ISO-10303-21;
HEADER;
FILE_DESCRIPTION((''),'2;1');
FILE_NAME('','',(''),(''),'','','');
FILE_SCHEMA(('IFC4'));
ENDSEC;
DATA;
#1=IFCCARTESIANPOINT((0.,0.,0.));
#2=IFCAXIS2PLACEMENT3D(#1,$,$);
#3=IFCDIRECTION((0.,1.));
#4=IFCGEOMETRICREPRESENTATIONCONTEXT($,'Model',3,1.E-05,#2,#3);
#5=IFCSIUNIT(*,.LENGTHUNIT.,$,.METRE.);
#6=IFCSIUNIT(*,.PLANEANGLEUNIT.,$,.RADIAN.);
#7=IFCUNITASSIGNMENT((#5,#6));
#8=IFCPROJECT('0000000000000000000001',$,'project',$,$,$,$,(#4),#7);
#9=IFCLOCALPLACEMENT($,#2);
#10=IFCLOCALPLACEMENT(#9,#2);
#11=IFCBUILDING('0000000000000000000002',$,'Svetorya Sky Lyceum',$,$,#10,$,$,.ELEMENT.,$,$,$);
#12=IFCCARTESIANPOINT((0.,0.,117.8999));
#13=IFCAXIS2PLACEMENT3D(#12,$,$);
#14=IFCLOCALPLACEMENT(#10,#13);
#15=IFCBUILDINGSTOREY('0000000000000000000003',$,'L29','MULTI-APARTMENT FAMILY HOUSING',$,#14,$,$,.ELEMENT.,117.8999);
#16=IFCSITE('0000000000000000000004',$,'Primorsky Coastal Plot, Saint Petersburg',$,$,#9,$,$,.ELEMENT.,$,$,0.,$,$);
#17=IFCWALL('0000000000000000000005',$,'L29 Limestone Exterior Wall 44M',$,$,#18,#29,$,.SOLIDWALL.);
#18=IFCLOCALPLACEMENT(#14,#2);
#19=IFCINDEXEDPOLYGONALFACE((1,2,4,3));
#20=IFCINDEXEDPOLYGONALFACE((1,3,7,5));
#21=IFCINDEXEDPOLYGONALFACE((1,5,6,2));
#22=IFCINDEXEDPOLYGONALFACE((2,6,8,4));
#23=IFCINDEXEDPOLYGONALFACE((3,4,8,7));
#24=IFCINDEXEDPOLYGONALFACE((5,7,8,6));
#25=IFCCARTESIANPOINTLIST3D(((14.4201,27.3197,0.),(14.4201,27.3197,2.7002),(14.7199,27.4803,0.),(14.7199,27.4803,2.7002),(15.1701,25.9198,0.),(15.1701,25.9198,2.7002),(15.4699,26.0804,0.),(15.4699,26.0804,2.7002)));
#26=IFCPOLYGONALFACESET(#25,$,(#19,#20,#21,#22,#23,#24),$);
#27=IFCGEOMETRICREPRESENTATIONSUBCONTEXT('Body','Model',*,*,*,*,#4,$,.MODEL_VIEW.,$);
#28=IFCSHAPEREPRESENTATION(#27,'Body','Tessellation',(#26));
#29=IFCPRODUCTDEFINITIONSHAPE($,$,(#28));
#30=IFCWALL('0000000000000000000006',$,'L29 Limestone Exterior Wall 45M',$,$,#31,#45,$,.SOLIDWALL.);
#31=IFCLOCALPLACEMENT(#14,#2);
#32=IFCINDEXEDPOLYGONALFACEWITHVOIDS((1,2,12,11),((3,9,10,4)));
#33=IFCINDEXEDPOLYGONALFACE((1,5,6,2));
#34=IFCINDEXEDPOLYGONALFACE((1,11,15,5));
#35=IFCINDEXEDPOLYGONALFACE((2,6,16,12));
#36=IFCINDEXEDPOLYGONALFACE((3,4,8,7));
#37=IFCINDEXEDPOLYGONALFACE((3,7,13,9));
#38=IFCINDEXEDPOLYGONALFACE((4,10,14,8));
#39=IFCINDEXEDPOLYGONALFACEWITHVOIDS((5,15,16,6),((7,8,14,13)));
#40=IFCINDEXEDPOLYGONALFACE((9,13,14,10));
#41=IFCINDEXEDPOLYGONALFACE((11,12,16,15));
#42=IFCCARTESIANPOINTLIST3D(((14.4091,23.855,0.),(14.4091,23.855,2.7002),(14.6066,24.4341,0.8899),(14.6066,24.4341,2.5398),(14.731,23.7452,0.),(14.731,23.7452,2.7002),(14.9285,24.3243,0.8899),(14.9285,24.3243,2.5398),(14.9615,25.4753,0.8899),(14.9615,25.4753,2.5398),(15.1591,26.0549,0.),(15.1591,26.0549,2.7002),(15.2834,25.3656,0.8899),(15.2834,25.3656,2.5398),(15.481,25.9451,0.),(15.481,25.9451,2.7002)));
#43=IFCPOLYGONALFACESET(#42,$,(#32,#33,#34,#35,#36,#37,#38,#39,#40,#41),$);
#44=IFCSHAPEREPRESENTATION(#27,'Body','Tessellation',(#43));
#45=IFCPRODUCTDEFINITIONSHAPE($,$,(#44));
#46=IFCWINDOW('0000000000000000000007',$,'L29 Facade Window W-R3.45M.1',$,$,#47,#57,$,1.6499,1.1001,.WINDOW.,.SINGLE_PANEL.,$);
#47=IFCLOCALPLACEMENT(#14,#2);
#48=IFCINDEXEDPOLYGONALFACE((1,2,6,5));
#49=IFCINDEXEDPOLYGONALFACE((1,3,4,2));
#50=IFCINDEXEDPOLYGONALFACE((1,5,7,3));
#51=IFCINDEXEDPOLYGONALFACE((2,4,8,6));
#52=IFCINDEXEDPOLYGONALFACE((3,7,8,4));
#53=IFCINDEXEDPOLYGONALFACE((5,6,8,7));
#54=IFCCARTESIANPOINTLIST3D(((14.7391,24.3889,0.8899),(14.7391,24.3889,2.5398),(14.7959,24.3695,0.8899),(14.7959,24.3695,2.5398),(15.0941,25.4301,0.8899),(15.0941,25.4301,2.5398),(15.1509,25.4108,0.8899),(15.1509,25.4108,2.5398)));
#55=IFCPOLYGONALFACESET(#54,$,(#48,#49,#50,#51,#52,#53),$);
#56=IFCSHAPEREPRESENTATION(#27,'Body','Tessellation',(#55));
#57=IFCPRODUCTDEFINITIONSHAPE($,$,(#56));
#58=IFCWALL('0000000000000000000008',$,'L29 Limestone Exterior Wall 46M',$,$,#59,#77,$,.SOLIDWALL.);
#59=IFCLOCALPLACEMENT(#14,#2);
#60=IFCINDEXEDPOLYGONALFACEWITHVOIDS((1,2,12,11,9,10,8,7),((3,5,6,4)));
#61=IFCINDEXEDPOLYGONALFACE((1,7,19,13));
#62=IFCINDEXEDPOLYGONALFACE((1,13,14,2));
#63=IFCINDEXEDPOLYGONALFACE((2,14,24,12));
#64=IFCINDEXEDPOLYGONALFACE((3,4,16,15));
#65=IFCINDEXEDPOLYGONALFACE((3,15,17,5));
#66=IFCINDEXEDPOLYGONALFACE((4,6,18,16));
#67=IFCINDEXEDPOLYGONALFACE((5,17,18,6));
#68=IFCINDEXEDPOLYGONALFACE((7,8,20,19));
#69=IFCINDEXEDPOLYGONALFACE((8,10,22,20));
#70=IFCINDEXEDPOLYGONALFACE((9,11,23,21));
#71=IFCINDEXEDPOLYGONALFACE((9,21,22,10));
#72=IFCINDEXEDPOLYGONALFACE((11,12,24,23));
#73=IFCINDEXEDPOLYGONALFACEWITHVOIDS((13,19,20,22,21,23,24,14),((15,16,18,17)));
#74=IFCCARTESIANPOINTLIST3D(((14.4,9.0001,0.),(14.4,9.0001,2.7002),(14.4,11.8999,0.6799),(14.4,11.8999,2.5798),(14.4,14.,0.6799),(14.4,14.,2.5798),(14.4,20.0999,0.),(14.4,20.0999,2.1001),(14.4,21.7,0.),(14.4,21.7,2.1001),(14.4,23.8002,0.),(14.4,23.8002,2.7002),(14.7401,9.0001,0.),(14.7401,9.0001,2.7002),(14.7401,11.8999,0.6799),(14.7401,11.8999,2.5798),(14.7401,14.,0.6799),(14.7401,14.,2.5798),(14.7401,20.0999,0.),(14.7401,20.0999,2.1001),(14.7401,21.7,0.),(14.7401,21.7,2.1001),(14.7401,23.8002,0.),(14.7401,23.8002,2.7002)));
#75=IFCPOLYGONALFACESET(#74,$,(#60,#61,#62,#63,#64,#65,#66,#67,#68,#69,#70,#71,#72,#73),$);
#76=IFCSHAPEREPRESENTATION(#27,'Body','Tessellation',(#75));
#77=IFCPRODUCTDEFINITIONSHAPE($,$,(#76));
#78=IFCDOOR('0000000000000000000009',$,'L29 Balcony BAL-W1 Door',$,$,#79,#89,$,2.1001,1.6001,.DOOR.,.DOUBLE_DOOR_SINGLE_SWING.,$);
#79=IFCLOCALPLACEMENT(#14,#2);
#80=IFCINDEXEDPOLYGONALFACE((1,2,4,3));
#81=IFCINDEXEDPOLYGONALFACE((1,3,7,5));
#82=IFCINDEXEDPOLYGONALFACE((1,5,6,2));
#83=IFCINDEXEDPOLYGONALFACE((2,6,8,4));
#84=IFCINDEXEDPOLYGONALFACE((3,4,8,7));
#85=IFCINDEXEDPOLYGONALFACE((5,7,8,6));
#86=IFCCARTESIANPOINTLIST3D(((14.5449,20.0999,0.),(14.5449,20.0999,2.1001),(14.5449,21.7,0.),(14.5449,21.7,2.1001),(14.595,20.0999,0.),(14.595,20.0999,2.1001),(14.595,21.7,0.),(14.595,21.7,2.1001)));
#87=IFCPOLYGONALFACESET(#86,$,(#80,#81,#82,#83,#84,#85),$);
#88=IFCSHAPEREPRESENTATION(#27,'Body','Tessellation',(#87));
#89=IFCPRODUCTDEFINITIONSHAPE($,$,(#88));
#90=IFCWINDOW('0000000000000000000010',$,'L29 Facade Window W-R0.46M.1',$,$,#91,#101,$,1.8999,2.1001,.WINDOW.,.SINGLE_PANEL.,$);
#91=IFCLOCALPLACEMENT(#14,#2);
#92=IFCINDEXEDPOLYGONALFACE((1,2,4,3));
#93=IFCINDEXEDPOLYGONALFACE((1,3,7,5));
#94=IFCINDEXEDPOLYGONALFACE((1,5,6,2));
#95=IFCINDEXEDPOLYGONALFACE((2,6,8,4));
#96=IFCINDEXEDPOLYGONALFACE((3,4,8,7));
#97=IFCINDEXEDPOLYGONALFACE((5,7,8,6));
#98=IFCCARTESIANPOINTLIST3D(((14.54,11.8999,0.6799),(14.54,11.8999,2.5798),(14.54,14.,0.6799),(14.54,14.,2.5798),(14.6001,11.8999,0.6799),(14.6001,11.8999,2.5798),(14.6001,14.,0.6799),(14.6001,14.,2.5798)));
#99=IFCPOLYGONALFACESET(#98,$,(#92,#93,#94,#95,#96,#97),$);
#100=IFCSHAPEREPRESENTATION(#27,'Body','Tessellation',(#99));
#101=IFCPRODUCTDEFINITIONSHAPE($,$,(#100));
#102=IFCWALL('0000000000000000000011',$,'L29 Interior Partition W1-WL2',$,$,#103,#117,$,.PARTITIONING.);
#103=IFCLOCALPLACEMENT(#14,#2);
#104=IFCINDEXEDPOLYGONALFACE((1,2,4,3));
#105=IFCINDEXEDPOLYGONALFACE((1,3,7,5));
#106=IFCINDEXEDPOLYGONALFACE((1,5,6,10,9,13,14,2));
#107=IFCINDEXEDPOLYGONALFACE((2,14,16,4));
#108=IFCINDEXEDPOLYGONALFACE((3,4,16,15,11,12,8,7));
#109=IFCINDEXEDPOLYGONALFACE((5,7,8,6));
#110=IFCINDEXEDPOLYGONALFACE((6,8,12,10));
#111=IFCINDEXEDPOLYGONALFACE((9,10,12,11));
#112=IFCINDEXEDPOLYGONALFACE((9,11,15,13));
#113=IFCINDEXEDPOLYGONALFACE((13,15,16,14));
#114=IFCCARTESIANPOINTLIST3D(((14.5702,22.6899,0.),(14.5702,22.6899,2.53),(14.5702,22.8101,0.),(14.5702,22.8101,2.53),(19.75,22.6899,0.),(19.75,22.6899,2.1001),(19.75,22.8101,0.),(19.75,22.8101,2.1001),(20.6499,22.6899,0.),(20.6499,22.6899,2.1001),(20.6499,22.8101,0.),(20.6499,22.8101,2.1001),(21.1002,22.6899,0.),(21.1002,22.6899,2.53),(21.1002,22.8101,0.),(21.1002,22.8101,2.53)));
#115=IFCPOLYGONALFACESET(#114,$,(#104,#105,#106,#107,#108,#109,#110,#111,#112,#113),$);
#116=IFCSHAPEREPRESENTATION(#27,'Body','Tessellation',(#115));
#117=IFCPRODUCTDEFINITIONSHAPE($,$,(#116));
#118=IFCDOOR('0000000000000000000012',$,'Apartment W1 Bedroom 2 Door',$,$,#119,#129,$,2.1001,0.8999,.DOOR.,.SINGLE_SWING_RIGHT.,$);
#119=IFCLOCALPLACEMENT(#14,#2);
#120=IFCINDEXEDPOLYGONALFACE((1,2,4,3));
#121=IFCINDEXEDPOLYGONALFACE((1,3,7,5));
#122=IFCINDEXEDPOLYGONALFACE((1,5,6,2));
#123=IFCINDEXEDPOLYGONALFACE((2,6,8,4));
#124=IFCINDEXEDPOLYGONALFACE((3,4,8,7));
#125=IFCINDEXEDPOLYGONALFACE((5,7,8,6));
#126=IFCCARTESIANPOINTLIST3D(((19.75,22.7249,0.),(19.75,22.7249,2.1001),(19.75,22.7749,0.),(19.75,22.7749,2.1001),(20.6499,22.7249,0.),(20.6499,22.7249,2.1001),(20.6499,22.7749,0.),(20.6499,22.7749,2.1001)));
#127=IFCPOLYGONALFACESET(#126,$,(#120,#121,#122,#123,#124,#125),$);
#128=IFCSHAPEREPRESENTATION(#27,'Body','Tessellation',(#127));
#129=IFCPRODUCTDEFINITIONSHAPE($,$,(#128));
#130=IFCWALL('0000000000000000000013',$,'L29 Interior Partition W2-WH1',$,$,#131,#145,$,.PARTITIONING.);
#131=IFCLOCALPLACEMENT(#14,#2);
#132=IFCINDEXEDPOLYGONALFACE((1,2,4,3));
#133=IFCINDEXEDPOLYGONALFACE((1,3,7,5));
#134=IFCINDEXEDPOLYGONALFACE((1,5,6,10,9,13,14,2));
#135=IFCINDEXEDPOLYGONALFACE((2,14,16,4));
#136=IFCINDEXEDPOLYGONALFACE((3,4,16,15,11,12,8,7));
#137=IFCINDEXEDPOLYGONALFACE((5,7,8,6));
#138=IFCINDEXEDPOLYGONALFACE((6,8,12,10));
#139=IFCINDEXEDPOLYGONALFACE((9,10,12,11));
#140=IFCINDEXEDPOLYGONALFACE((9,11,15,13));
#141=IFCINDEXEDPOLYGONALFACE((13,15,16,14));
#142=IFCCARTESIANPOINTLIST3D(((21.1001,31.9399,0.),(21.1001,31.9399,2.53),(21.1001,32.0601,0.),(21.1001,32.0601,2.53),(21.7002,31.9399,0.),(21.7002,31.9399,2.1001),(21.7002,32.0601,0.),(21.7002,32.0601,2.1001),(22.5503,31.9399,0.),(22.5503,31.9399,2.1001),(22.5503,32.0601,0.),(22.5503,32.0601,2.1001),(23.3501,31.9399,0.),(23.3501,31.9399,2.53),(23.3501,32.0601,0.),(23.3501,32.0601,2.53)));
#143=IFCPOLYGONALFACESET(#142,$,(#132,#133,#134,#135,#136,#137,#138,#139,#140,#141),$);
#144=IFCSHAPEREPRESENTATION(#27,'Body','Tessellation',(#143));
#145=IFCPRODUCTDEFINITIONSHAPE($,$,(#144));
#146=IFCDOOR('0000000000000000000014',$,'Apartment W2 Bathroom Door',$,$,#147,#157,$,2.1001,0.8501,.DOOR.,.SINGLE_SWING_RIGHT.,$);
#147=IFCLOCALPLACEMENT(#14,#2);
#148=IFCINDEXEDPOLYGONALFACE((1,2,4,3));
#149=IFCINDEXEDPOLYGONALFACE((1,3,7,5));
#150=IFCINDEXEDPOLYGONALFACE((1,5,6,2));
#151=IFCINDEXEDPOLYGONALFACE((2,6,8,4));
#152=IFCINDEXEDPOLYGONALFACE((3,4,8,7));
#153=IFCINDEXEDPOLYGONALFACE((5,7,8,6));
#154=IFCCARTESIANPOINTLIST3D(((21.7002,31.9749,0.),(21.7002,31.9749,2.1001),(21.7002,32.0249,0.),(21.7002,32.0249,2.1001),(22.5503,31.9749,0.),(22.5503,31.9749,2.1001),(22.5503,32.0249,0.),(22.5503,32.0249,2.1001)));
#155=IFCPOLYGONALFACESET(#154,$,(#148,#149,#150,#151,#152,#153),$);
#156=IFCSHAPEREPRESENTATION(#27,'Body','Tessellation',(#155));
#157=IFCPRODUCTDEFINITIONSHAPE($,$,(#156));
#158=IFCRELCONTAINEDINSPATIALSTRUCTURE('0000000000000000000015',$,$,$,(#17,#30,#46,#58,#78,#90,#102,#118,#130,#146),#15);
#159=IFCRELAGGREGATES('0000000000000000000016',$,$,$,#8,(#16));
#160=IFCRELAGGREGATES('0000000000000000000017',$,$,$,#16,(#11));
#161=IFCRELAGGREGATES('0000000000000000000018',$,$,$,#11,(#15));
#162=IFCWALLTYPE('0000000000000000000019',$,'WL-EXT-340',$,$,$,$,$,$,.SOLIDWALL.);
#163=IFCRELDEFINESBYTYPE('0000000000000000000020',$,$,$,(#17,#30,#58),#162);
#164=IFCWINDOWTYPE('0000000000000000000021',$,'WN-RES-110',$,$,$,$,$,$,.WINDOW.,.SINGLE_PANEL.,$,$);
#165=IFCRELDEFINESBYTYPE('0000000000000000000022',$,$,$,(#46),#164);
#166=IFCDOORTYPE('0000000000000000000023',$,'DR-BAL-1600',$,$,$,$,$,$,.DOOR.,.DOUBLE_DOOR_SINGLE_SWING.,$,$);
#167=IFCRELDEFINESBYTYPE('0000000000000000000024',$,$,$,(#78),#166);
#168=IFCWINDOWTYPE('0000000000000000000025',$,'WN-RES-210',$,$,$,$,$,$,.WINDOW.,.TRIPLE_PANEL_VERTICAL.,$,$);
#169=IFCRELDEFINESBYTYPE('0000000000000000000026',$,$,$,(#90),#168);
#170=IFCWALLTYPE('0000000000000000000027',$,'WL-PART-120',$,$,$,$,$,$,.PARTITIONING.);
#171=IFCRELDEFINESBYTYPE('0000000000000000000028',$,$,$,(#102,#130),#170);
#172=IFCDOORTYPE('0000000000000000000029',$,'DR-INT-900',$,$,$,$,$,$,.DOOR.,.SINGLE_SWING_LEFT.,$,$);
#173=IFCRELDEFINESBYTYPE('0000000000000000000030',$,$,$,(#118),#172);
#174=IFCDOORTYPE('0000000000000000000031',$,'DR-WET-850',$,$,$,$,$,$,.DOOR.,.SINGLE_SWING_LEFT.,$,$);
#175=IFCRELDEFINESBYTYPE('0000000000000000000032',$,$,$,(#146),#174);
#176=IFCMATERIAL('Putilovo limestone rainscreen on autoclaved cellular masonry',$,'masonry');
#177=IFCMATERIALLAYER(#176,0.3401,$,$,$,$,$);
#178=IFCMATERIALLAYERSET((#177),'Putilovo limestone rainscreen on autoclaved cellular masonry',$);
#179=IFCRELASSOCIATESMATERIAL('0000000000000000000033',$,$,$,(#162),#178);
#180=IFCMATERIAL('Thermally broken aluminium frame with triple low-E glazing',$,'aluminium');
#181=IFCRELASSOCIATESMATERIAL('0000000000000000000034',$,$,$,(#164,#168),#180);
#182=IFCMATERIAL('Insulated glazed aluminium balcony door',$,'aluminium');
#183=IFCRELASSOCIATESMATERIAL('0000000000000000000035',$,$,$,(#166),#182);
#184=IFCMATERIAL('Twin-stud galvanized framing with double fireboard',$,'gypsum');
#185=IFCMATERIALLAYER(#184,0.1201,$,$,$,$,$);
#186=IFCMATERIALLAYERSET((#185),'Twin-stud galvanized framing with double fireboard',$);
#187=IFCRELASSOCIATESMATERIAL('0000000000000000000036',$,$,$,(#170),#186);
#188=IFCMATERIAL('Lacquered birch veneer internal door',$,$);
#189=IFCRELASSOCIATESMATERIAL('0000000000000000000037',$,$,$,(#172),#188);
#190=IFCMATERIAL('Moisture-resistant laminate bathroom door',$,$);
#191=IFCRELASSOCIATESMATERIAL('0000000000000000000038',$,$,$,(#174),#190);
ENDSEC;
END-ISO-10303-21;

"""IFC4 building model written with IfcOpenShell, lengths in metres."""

from ifc_helpers import new_model, si_unit, direction, frame, frame_2d, origin, place, context, subcontext, project, spatial, rectangle, extrude, material, layer, layer_set, type_object, element, fill, save


model = new_model("IFC4")

# Units and contexts
model_context = context("Model", 3, precision=1e-05, world=origin(), true_north=direction((0.0, 1.0)))
body_context = subcontext(model_context, "Body", "Model", "MODEL_VIEW")
ifc_project = project(units=[si_unit("LENGTHUNIT", "METRE"), si_unit("PLANEANGLEUNIT", "RADIAN")], contexts=[model_context])

# Site, building, storey
site_placement = place(None, origin())
site = spatial("IfcSite", under=ifc_project, at=site_placement, Name="Primorsky Coastal Plot, Saint Petersburg", CompositionType="ELEMENT", RefElevation=0.0)
building_placement = place(site_placement, origin())
building = spatial("IfcBuilding", under=site, at=building_placement, Name="Svetorya Sky Lyceum", CompositionType="ELEMENT")
storey_placement = place(building_placement, frame((0.0, 0.0, 117.8999)))
storey = spatial("IfcBuildingStorey", under=building, at=storey_placement, Name="L29", Description="MULTI-APARTMENT FAMILY HOUSING", CompositionType="ELEMENT", Elevation=117.8999)

# Wall
ifc_material_1 = material(Name="Putilovo limestone rainscreen on autoclaved cellular masonry", Category="masonry")
ifc_layer_1 = layer(ifc_material_1, 0.3401)
ifc_layer_set_1 = layer_set([ifc_layer_1], Name="Putilovo limestone rainscreen on autoclaved cellular masonry")
wall_type_1 = type_object("IfcWallType", Name="WL-EXT-340", PredefinedType="SOLIDWALL", material=ifc_layer_set_1)
wall_1_placement = place(storey_placement, frame((14.5701, 27.3999, 0.0), z_axis=(0.0, 0.0, 1.0), x_axis=(0.472247, -0.881466, 0.0)))
element("IfcWall", 1, at=wall_1_placement, inside=storey, type_object=wall_type_1, Name="L29 Limestone Exterior Wall 44M", PredefinedType="SOLIDWALL", context=body_context, shape_type="SweptSolid", body=[
    extrude(rectangle(XDim=1.5881, YDim=0.3401, at=frame_2d((0.7939, 0.0))), origin(), (0.0, 0.0, 1.0), 2.7002),
])

# Wall, opening, window
wall_2_placement = place(storey_placement, frame((15.3201, 26.0, 0.0), z_axis=(0.0, 0.0, 1.0), x_axis=(-0.32268, -0.946508, 0.0)))
wall_2 = element("IfcWall", 2, at=wall_2_placement, inside=storey, type_object=wall_type_1, Name="L29 Limestone Exterior Wall 45M", PredefinedType="SOLIDWALL", context=body_context, shape_type="SweptSolid", body=[
    extrude(rectangle(XDim=2.3242, YDim=0.3401, at=frame_2d((1.1621, 0.0))), origin(), (0.0, 0.0, 1.0), 2.7002),
])
opening_1_placement = place(wall_2_placement, frame((0.6123, 0.0, 0.8899)))
opening_1 = element("IfcOpeningElement", 3, at=opening_1_placement, cuts=wall_2, PredefinedType="OPENING", context=body_context, shape_type="SweptSolid", body=[
    extrude(rectangle(XDim=1.1001, YDim=1.6499, at=frame_2d((0.55, 0.825))), frame((0.0, 0.1799, 0.0), z_axis=(0.0, -1.0, 0.0), x_axis=(1.0, 0.0, 0.0)), (0.0, 0.0, 1.0), 0.3601),
])
ifc_material_2 = material(Name="Thermally broken aluminium frame with triple low-E glazing", Category="aluminium")
window_type_1 = type_object("IfcWindowType", Name="WN-RES-110", PartitioningType="SINGLE_PANEL", PredefinedType="WINDOW", material=ifc_material_2)
window_1_placement = place(opening_1_placement, origin())
window_1 = element("IfcWindow", 4, at=window_1_placement, inside=storey, type_object=window_type_1, Name="L29 Facade Window W-R3.45M.1", OverallHeight=1.6499, OverallWidth=1.1001, PartitioningType="SINGLE_PANEL", PredefinedType="WINDOW", context=body_context, shape_type="SweptSolid", body=[
    extrude(rectangle(XDim=1.1001, YDim=1.6499, at=frame_2d((0.55, 0.825))), frame((0.0, 0.03, 0.0), z_axis=(0.0, -1.0, 0.0), x_axis=(1.0, 0.0, 0.0)), (0.0, 0.0, 1.0), 0.0601),
])
fill(opening_1, window_1)

# Wall, openings, door, window
wall_3_placement = place(storey_placement, frame((14.5701, 23.8, 0.0), z_axis=(0.0, 0.0, 1.0), x_axis=(0.0, -1.0, 0.0)))
wall_3 = element("IfcWall", 5, at=wall_3_placement, inside=storey, type_object=wall_type_1, Name="L29 Limestone Exterior Wall 46M", PredefinedType="SOLIDWALL", context=body_context, shape_type="SweptSolid", body=[
    extrude(rectangle(XDim=14.8, YDim=0.3401, at=frame_2d((7.3999, 0.0))), origin(), (0.0, 0.0, 1.0), 2.7002),
])
opening_2_placement = place(wall_3_placement, frame((2.1001, 0.0, 0.0)))
opening_2 = element("IfcOpeningElement", 6, at=opening_2_placement, cuts=wall_3, PredefinedType="OPENING", context=body_context, shape_type="SweptSolid", body=[
    extrude(rectangle(XDim=1.6001, YDim=2.1001, at=frame_2d((0.8, 1.05))), frame((0.0, 0.1799, 0.0), z_axis=(0.0, -1.0, 0.0), x_axis=(1.0, 0.0, 0.0)), (0.0, 0.0, 1.0), 0.3601),
])
opening_3_placement = place(wall_3_placement, frame((9.8, 0.0, 0.6799)))
opening_3 = element("IfcOpeningElement", 7, at=opening_3_placement, cuts=wall_3, PredefinedType="OPENING", context=body_context, shape_type="SweptSolid", body=[
    extrude(rectangle(XDim=2.1001, YDim=1.8999, at=frame_2d((1.05, 0.95))), frame((0.0, 0.1799, 0.0), z_axis=(0.0, -1.0, 0.0), x_axis=(1.0, 0.0, 0.0)), (0.0, 0.0, 1.0), 0.3601),
])
ifc_material_3 = material(Name="Insulated glazed aluminium balcony door", Category="aluminium")
door_type_1 = type_object("IfcDoorType", Name="DR-BAL-1600", OperationType="DOUBLE_DOOR_SINGLE_SWING", PredefinedType="DOOR", material=ifc_material_3)
door_1_placement = place(opening_2_placement, origin())
door_1 = element("IfcDoor", 8, at=door_1_placement, inside=storey, type_object=door_type_1, Name="L29 Balcony BAL-W1 Door", OperationType="DOUBLE_DOOR_SINGLE_SWING", OverallHeight=2.1001, OverallWidth=1.6001, PredefinedType="DOOR", context=body_context, shape_type="SweptSolid", body=[
    extrude(rectangle(XDim=1.6001, YDim=2.1001, at=frame_2d((0.8, 1.05))), frame((0.0, 0.0249, 0.0), z_axis=(0.0, -1.0, 0.0), x_axis=(1.0, 0.0, 0.0)), (0.0, 0.0, 1.0), 0.05),
])
fill(opening_2, door_1)
window_type_2 = type_object("IfcWindowType", Name="WN-RES-210", PartitioningType="TRIPLE_PANEL_VERTICAL", PredefinedType="WINDOW", material=ifc_material_2)
window_2_placement = place(opening_3_placement, origin())
window_2 = element("IfcWindow", 9, at=window_2_placement, inside=storey, type_object=window_type_2, Name="L29 Facade Window W-R0.46M.1", OverallHeight=1.8999, OverallWidth=2.1001, PartitioningType="SINGLE_PANEL", PredefinedType="WINDOW", context=body_context, shape_type="SweptSolid", body=[
    extrude(rectangle(XDim=2.1001, YDim=1.8999, at=frame_2d((1.05, 0.95))), frame((0.0, 0.03, 0.0), z_axis=(0.0, -1.0, 0.0), x_axis=(1.0, 0.0, 0.0)), (0.0, 0.0, 1.0), 0.0601),
])
fill(opening_3, window_2)

# Walls, openings, doors
ifc_material_4 = material(Name="Twin-stud galvanized framing with double fireboard", Category="gypsum")
ifc_layer_2 = layer(ifc_material_4, 0.1201)
ifc_layer_set_2 = layer_set([ifc_layer_2], Name="Twin-stud galvanized framing with double fireboard")
wall_type_2 = type_object("IfcWallType", Name="WL-PART-120", PredefinedType="PARTITIONING", material=ifc_layer_set_2)
wall_4_placement = place(storey_placement, frame((14.5701, 22.75, 0.0), z_axis=(0.0, 0.0, 1.0), x_axis=(1.0, 0.0, 0.0)))
wall_4 = element("IfcWall", 10, at=wall_4_placement, inside=storey, type_object=wall_type_2, Name="L29 Interior Partition W1-WL2", PredefinedType="PARTITIONING", context=body_context, shape_type="SweptSolid", body=[
    extrude(rectangle(XDim=6.53, YDim=0.1201, at=frame_2d((3.2651, 0.0))), origin(), (0.0, 0.0, 1.0), 2.53),
])
opening_4_placement = place(wall_4_placement, frame((5.1799, 0.0, 0.0)))
opening_4 = element("IfcOpeningElement", 11, at=opening_4_placement, cuts=wall_4, PredefinedType="OPENING", context=body_context, shape_type="SweptSolid", body=[
    extrude(rectangle(XDim=0.8999, YDim=2.1001, at=frame_2d((0.45, 1.05))), frame((0.0, 0.0701, 0.0), z_axis=(0.0, -1.0, 0.0), x_axis=(1.0, 0.0, 0.0)), (0.0, 0.0, 1.0), 0.1401),
])
ifc_material_5 = material(Name="Lacquered birch veneer internal door")
door_type_2 = type_object("IfcDoorType", Name="DR-INT-900", OperationType="SINGLE_SWING_LEFT", PredefinedType="DOOR", material=ifc_material_5)
door_2_placement = place(opening_4_placement, origin())
door_2 = element("IfcDoor", 12, at=door_2_placement, inside=storey, type_object=door_type_2, Name="Apartment W1 Bedroom 2 Door", OperationType="SINGLE_SWING_RIGHT", OverallHeight=2.1001, OverallWidth=0.8999, PredefinedType="DOOR", context=body_context, shape_type="SweptSolid", body=[
    extrude(rectangle(XDim=0.8999, YDim=2.1001, at=frame_2d((0.45, 1.05))), frame((0.0, 0.0249, 0.0), z_axis=(0.0, -1.0, 0.0), x_axis=(1.0, 0.0, 0.0)), (0.0, 0.0, 1.0), 0.05),
])
fill(opening_4, door_2)
wall_5_placement = place(storey_placement, frame((21.1001, 32.0, 0.0), z_axis=(0.0, 0.0, 1.0), x_axis=(1.0, 0.0, 0.0)))
wall_5 = element("IfcWall", 13, at=wall_5_placement, inside=storey, type_object=wall_type_2, Name="L29 Interior Partition W2-WH1", PredefinedType="PARTITIONING", context=body_context, shape_type="SweptSolid", body=[
    extrude(rectangle(XDim=2.25, YDim=0.1201, at=frame_2d((1.125, 0.0))), origin(), (0.0, 0.0, 1.0), 2.53),
])
opening_5_placement = place(wall_5_placement, frame((0.6001, 0.0, 0.0)))
opening_5 = element("IfcOpeningElement", 14, at=opening_5_placement, cuts=wall_5, PredefinedType="OPENING", context=body_context, shape_type="SweptSolid", body=[
    extrude(rectangle(XDim=0.8501, YDim=2.1001, at=frame_2d((0.425, 1.05))), frame((0.0, 0.0701, 0.0), z_axis=(0.0, -1.0, 0.0), x_axis=(1.0, 0.0, 0.0)), (0.0, 0.0, 1.0), 0.1401),
])
ifc_material_6 = material(Name="Moisture-resistant laminate bathroom door")
door_type_3 = type_object("IfcDoorType", Name="DR-WET-850", OperationType="SINGLE_SWING_LEFT", PredefinedType="DOOR", material=ifc_material_6)
door_3_placement = place(opening_5_placement, origin())
door_3 = element("IfcDoor", 15, at=door_3_placement, inside=storey, type_object=door_type_3, Name="Apartment W2 Bathroom Door", OperationType="SINGLE_SWING_RIGHT", OverallHeight=2.1001, OverallWidth=0.8501, PredefinedType="DOOR", context=body_context, shape_type="SweptSolid", body=[
    extrude(rectangle(XDim=0.8501, YDim=2.1001, at=frame_2d((0.425, 1.05))), frame((0.0, 0.0249, 0.0), z_axis=(0.0, -1.0, 0.0), x_axis=(1.0, 0.0, 0.0)), (0.0, 0.0, 1.0), 0.05),
])
fill(opening_5, door_3)

save(model, "model.ifc")
